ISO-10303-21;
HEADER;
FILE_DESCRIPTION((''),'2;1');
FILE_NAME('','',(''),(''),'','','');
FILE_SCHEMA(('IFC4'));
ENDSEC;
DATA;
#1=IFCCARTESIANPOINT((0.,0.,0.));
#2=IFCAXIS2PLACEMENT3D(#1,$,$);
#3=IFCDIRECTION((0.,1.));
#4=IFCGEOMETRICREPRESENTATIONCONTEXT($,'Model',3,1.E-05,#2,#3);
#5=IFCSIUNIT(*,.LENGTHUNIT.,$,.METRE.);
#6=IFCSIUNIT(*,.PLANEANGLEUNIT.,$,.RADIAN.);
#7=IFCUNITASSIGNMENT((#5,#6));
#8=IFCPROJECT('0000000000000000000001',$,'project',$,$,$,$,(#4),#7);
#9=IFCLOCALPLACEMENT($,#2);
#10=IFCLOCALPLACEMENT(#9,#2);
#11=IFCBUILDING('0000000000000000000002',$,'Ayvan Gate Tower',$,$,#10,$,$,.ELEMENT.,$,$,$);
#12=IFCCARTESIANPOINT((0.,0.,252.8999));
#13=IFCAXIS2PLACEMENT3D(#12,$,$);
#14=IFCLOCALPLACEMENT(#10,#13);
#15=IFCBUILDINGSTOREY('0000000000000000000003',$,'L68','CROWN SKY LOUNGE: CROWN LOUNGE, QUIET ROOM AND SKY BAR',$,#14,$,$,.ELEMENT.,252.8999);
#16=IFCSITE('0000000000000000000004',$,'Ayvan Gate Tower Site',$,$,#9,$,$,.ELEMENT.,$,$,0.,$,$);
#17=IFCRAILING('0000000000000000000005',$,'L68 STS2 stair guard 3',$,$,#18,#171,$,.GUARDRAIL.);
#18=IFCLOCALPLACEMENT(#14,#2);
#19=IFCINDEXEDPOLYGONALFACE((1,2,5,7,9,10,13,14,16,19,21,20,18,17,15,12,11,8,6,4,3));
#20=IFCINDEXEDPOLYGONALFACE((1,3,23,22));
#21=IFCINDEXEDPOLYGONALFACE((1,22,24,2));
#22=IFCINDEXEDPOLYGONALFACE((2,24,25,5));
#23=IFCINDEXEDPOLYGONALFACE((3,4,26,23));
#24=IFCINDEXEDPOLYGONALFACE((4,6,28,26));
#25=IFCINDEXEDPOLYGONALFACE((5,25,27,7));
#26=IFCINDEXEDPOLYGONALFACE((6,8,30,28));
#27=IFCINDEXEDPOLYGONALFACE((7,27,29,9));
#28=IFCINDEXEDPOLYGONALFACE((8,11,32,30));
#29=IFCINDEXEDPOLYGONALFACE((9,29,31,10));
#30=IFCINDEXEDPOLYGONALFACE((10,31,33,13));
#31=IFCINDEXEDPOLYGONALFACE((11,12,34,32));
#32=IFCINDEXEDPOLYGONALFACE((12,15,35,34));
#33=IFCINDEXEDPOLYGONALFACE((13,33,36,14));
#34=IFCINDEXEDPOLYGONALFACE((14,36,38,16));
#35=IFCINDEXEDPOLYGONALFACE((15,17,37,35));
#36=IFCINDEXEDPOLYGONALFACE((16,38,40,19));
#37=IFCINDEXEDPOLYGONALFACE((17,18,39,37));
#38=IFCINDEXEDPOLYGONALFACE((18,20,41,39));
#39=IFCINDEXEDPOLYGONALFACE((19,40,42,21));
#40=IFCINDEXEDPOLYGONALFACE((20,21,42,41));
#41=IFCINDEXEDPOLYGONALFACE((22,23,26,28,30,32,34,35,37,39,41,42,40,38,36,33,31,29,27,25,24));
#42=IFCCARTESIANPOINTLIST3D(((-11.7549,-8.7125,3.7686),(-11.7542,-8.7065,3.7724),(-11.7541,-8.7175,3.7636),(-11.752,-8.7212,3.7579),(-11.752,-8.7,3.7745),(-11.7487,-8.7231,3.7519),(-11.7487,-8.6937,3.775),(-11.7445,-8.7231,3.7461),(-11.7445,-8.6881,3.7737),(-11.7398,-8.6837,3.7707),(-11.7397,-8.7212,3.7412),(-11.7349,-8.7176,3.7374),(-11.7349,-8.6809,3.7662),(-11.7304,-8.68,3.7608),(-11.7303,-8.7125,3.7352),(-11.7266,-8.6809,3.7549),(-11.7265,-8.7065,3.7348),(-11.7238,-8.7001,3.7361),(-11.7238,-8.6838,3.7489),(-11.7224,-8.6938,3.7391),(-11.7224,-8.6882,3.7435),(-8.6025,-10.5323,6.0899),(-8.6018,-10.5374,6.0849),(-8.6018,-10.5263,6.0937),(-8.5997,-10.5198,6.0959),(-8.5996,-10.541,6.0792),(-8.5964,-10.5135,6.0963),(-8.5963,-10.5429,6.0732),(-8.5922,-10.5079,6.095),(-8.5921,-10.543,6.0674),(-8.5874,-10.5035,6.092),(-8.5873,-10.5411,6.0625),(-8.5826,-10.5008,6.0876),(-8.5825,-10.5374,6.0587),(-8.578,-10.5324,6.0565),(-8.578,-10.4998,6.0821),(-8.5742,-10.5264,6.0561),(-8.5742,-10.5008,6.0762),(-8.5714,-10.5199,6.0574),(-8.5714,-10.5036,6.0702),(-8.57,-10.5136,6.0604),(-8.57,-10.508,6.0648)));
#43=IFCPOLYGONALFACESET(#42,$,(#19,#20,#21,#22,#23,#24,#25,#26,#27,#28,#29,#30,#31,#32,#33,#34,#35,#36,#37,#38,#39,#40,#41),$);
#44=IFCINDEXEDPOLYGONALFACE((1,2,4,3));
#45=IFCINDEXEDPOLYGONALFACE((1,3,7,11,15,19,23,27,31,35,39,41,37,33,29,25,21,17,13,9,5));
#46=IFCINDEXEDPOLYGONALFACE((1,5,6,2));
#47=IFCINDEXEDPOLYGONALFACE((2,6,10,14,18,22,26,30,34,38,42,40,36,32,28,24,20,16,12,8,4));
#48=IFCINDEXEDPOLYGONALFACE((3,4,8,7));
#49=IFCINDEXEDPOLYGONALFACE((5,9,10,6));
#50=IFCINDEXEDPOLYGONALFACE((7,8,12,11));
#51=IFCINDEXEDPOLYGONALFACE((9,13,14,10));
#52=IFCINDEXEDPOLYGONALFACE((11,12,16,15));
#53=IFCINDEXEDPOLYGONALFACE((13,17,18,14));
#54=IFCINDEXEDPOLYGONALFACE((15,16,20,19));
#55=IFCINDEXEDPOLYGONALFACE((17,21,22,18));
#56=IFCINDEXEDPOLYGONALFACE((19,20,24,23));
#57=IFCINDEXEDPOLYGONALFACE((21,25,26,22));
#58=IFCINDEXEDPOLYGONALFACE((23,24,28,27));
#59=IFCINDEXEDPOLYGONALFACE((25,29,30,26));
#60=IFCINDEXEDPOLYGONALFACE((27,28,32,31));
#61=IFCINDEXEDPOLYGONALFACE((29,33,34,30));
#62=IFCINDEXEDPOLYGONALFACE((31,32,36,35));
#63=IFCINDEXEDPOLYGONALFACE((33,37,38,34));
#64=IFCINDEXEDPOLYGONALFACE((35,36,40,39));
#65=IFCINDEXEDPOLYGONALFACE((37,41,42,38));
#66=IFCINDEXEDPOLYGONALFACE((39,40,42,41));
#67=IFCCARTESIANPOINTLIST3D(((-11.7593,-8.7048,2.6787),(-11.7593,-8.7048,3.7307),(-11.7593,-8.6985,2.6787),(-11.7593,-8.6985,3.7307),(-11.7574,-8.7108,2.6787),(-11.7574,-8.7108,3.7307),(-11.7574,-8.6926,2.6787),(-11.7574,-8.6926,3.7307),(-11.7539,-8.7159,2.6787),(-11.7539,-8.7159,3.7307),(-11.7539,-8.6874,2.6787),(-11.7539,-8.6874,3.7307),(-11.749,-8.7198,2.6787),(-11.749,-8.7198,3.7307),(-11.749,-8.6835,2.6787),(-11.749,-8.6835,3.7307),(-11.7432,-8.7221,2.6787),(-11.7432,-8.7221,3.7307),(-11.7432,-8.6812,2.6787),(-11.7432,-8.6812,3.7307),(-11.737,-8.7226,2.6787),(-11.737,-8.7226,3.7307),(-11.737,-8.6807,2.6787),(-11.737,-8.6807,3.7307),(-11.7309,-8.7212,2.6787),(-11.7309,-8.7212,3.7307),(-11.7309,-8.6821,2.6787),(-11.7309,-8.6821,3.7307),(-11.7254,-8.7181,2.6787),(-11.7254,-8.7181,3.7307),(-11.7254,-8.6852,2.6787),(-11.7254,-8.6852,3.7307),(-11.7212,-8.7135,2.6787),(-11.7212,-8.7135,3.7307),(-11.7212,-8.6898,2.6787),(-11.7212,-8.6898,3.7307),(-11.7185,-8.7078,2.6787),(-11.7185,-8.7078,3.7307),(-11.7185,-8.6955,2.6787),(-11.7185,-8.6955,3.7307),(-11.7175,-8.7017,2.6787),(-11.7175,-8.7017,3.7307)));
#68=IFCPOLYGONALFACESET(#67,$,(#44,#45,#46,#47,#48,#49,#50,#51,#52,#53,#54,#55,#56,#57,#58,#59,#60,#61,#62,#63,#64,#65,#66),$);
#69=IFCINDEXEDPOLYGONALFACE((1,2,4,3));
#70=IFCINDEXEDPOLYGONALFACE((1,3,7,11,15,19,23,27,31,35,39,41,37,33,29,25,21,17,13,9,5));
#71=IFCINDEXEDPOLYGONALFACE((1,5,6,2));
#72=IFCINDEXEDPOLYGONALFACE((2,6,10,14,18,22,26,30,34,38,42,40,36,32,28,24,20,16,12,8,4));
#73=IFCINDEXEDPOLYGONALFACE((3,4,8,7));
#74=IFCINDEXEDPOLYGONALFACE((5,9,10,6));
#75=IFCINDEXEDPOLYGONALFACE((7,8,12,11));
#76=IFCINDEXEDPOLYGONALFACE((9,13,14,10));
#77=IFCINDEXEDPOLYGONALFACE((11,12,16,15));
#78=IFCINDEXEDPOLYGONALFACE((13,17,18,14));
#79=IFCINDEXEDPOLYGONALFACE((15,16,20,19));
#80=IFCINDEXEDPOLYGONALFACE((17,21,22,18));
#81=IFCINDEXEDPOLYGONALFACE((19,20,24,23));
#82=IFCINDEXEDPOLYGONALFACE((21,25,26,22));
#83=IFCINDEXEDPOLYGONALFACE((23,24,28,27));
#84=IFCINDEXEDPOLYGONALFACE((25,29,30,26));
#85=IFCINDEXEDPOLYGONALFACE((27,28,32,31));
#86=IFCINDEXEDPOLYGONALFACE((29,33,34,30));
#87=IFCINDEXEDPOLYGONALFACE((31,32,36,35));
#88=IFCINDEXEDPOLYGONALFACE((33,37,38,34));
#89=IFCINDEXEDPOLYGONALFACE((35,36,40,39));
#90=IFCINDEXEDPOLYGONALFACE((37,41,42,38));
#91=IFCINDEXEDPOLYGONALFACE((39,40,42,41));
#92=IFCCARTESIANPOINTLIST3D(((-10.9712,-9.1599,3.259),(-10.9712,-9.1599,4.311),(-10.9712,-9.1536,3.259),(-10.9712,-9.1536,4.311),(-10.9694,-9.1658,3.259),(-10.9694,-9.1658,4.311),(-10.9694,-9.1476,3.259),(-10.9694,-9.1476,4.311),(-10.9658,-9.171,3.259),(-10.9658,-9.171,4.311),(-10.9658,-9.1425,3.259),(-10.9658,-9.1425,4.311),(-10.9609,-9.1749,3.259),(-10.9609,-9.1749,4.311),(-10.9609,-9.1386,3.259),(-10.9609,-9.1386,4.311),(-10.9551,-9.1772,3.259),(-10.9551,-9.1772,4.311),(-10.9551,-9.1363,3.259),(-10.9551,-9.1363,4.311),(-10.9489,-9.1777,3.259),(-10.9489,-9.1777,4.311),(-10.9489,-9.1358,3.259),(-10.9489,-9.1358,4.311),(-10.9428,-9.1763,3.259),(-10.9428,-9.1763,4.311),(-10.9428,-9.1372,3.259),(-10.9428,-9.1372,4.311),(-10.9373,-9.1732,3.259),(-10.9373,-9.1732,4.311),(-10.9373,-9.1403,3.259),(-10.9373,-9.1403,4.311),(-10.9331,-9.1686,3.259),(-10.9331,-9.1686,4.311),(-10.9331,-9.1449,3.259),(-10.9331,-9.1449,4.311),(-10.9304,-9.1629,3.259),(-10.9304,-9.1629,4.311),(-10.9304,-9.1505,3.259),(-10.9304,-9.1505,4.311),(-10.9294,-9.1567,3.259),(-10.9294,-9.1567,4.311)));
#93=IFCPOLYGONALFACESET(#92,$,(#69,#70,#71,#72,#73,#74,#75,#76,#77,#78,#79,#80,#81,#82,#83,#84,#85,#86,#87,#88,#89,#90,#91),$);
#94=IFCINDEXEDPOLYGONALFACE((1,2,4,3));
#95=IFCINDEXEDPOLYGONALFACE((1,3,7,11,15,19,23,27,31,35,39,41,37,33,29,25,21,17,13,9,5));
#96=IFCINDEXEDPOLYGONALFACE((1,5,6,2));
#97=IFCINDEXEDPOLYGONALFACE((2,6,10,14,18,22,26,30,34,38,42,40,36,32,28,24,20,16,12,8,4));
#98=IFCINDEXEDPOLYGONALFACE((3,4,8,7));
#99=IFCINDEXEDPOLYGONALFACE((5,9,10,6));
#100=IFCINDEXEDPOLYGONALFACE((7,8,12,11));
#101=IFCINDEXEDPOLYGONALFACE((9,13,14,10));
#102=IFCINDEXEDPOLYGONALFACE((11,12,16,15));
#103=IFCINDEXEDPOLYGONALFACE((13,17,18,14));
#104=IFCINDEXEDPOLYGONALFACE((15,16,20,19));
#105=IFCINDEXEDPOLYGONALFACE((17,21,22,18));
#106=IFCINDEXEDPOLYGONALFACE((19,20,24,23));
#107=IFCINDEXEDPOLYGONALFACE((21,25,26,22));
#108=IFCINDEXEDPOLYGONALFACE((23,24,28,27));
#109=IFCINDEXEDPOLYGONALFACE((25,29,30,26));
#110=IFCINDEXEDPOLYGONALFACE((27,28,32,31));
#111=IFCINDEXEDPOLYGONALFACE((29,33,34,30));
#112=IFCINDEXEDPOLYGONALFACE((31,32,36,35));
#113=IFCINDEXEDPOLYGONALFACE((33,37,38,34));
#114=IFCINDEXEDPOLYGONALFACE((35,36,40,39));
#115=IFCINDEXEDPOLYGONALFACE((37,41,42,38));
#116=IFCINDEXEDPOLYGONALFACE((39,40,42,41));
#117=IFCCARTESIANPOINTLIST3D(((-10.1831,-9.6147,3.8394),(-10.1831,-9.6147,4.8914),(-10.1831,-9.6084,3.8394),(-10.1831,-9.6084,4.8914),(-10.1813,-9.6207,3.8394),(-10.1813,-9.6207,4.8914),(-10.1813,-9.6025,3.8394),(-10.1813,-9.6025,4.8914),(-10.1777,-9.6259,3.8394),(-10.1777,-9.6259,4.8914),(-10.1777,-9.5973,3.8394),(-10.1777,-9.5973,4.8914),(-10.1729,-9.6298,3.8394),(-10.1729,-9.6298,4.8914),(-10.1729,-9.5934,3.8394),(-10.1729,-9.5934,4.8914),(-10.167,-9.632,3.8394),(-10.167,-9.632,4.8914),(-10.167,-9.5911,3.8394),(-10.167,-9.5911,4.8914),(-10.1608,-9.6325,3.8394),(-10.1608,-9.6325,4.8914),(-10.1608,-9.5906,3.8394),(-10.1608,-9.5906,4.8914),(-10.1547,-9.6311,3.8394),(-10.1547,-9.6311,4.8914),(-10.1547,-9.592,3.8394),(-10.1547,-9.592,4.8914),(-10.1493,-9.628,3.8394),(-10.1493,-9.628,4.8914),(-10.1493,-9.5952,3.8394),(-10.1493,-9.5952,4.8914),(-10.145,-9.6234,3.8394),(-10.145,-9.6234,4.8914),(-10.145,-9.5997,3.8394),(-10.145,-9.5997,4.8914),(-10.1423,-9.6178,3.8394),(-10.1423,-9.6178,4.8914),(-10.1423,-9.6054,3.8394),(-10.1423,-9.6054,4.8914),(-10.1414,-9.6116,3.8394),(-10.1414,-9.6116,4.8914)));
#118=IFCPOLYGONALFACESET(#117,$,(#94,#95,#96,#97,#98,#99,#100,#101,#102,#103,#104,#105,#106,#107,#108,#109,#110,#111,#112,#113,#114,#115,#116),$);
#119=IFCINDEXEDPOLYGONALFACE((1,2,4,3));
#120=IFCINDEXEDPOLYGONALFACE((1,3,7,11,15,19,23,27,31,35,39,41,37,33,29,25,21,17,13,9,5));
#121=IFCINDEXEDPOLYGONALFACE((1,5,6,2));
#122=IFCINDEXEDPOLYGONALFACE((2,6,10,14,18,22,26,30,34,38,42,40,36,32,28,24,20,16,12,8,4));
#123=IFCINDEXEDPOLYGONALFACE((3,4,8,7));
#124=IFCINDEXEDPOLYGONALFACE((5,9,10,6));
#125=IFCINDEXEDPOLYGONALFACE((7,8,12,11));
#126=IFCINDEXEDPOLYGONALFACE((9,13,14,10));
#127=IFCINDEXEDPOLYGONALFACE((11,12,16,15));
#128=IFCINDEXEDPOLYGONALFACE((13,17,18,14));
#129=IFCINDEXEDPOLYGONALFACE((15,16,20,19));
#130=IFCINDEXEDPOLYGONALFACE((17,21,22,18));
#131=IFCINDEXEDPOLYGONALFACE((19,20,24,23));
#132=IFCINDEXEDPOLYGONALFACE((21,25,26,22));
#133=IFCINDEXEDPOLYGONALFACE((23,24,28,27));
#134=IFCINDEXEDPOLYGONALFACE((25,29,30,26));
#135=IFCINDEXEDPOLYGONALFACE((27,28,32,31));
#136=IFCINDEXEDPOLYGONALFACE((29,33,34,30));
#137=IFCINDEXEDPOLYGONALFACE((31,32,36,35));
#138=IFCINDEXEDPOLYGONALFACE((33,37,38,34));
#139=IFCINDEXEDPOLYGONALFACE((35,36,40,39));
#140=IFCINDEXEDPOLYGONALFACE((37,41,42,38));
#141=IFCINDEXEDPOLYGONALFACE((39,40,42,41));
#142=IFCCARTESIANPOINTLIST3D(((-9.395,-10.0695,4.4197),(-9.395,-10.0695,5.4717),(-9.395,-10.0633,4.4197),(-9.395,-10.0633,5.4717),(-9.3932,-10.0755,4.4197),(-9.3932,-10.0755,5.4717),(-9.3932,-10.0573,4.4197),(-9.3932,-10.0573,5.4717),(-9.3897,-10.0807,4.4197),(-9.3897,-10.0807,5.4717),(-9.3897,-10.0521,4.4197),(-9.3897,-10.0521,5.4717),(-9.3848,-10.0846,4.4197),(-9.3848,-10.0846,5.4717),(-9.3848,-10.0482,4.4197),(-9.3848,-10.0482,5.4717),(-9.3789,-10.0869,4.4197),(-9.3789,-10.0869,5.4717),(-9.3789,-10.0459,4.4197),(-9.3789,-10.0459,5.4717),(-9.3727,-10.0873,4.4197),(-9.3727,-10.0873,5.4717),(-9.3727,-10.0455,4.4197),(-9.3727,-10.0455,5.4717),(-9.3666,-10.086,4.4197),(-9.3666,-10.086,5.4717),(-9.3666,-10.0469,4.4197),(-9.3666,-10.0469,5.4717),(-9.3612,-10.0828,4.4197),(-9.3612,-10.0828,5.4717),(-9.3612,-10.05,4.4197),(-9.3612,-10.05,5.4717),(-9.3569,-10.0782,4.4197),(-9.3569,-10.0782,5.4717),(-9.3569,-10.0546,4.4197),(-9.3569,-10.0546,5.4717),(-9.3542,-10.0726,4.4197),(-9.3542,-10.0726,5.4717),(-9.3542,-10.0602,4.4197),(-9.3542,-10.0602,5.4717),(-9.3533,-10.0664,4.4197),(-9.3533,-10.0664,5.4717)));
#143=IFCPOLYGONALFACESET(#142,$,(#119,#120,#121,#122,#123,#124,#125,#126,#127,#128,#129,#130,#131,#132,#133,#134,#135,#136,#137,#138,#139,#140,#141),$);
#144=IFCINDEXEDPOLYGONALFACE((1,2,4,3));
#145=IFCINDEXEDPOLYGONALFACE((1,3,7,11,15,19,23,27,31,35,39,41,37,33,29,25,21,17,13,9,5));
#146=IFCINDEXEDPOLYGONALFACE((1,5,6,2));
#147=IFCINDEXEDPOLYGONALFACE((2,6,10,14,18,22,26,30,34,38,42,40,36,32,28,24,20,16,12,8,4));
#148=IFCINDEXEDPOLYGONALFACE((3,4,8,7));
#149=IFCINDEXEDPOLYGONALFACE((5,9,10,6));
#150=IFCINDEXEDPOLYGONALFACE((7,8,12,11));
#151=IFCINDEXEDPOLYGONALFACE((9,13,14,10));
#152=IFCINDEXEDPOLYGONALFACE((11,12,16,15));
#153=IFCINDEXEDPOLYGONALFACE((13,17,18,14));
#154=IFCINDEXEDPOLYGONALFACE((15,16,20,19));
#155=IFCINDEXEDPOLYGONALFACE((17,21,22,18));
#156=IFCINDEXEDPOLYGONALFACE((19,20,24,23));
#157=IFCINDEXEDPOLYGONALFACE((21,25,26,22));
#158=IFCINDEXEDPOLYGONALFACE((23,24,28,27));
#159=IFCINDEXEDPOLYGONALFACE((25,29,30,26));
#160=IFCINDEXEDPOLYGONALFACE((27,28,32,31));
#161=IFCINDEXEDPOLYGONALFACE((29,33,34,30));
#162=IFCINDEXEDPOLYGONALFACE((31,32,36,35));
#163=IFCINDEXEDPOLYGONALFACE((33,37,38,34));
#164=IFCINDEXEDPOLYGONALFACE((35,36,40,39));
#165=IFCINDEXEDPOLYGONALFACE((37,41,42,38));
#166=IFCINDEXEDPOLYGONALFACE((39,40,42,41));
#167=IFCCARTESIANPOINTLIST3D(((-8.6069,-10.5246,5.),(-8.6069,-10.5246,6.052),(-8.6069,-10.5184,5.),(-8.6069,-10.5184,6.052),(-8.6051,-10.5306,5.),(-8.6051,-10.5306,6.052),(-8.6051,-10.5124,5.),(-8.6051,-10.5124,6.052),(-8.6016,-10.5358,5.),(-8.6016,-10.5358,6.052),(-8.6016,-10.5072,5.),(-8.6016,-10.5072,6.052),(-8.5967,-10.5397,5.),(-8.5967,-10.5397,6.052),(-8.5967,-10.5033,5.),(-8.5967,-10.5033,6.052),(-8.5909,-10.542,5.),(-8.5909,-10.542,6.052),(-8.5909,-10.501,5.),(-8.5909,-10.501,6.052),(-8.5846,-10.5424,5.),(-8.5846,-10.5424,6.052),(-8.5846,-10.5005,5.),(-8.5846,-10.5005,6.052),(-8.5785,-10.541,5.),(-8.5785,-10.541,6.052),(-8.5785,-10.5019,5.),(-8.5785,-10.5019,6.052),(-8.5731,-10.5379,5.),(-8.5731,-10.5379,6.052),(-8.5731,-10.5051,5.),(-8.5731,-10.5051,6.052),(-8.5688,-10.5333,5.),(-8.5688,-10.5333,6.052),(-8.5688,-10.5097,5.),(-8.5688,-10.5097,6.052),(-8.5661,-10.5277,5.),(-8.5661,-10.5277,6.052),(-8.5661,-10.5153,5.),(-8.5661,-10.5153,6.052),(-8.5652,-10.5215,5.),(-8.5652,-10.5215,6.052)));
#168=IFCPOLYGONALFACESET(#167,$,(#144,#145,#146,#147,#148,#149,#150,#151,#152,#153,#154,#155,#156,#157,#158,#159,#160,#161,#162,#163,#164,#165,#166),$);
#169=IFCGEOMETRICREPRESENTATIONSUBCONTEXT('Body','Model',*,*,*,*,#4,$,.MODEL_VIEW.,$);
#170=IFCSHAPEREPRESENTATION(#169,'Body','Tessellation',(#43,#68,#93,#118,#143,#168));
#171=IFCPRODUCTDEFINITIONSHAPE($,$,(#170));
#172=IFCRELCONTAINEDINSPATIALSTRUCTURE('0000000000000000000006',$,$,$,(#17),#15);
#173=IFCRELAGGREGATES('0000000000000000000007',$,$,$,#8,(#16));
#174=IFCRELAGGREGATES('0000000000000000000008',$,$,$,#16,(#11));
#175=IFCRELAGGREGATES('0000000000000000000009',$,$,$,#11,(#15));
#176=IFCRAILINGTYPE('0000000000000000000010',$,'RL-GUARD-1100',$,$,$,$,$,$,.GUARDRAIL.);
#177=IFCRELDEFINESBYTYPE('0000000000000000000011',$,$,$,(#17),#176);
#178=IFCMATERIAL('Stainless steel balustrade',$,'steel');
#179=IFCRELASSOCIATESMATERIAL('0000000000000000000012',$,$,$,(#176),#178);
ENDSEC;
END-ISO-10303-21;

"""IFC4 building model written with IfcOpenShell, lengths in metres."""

from ifc_helpers import new_model, si_unit, direction, frame, origin, origin_2d, place, context, subcontext, project, spatial, circle, extrude, material, type_object, element, save


model = new_model("IFC4")

# Units and contexts
model_context = context("Model", 3, precision=1e-05, world=origin(), true_north=direction((0.0, 1.0)))
body_context = subcontext(model_context, "Body", "Model", "MODEL_VIEW")
ifc_project = project(units=[si_unit("LENGTHUNIT", "METRE"), si_unit("PLANEANGLEUNIT", "RADIAN")], contexts=[model_context])

# Site, building, storey
site_placement = place(None, origin())
site = spatial("IfcSite", under=ifc_project, at=site_placement, Name="Ayvan Gate Tower Site", CompositionType="ELEMENT", RefElevation=0.0)
building_placement = place(site_placement, origin())
building = spatial("IfcBuilding", under=site, at=building_placement, Name="Ayvan Gate Tower", CompositionType="ELEMENT")
storey_placement = place(building_placement, frame((0.0, 0.0, 252.8999)))
storey = spatial("IfcBuildingStorey", under=building, at=storey_placement, Name="L68", Description="CROWN SKY LOUNGE: CROWN LOUNGE, QUIET ROOM AND SKY BAR", CompositionType="ELEMENT", Elevation=252.8999)

# Railing
ifc_material_1 = material(Name="Stainless steel balustrade", Category="steel")
railing_type_1 = type_object("IfcRailingType", Name="RL-GUARD-1100", PredefinedType="GUARDRAIL", material=ifc_material_1)
railing_1_placement = place(storey_placement, frame((-11.7385, -8.7017, 2.6787)))
element("IfcRailing", 1, at=railing_1_placement, inside=storey, type_object=railing_type_1, Name="L68 STS2 stair guard 3", PredefinedType="GUARDRAIL", context=body_context, shape_type="SweptSolid", body=[
    extrude(circle(Radius=0.0239, at=origin_2d()), frame((0.0, 0.0, 1.0762), z_axis=(0.730198, -0.421538, 0.537695), x_axis=(0.499962, 0.866047, 0.0)), (0.0, 0.0, 1.0), 4.3171),
    extrude(circle(Radius=0.021, at=origin_2d()), origin(), (0.0, 0.0, 1.0), 1.052),
    extrude(circle(Radius=0.021, at=origin_2d()), frame((0.7881, -0.4551, 0.5803)), (0.0, 0.0, 1.0), 1.052),
    extrude(circle(Radius=0.021, at=origin_2d()), frame((1.5762, -0.9099, 1.1606)), (0.0, 0.0, 1.0), 1.052),
    extrude(circle(Radius=0.021, at=origin_2d()), frame((2.3643, -1.3647, 1.741)), (0.0, 0.0, 1.0), 1.052),
    extrude(circle(Radius=0.021, at=origin_2d()), frame((3.1523, -1.8198, 2.3213)), (0.0, 0.0, 1.0), 1.052),
])

save(model, "model.ifc")
